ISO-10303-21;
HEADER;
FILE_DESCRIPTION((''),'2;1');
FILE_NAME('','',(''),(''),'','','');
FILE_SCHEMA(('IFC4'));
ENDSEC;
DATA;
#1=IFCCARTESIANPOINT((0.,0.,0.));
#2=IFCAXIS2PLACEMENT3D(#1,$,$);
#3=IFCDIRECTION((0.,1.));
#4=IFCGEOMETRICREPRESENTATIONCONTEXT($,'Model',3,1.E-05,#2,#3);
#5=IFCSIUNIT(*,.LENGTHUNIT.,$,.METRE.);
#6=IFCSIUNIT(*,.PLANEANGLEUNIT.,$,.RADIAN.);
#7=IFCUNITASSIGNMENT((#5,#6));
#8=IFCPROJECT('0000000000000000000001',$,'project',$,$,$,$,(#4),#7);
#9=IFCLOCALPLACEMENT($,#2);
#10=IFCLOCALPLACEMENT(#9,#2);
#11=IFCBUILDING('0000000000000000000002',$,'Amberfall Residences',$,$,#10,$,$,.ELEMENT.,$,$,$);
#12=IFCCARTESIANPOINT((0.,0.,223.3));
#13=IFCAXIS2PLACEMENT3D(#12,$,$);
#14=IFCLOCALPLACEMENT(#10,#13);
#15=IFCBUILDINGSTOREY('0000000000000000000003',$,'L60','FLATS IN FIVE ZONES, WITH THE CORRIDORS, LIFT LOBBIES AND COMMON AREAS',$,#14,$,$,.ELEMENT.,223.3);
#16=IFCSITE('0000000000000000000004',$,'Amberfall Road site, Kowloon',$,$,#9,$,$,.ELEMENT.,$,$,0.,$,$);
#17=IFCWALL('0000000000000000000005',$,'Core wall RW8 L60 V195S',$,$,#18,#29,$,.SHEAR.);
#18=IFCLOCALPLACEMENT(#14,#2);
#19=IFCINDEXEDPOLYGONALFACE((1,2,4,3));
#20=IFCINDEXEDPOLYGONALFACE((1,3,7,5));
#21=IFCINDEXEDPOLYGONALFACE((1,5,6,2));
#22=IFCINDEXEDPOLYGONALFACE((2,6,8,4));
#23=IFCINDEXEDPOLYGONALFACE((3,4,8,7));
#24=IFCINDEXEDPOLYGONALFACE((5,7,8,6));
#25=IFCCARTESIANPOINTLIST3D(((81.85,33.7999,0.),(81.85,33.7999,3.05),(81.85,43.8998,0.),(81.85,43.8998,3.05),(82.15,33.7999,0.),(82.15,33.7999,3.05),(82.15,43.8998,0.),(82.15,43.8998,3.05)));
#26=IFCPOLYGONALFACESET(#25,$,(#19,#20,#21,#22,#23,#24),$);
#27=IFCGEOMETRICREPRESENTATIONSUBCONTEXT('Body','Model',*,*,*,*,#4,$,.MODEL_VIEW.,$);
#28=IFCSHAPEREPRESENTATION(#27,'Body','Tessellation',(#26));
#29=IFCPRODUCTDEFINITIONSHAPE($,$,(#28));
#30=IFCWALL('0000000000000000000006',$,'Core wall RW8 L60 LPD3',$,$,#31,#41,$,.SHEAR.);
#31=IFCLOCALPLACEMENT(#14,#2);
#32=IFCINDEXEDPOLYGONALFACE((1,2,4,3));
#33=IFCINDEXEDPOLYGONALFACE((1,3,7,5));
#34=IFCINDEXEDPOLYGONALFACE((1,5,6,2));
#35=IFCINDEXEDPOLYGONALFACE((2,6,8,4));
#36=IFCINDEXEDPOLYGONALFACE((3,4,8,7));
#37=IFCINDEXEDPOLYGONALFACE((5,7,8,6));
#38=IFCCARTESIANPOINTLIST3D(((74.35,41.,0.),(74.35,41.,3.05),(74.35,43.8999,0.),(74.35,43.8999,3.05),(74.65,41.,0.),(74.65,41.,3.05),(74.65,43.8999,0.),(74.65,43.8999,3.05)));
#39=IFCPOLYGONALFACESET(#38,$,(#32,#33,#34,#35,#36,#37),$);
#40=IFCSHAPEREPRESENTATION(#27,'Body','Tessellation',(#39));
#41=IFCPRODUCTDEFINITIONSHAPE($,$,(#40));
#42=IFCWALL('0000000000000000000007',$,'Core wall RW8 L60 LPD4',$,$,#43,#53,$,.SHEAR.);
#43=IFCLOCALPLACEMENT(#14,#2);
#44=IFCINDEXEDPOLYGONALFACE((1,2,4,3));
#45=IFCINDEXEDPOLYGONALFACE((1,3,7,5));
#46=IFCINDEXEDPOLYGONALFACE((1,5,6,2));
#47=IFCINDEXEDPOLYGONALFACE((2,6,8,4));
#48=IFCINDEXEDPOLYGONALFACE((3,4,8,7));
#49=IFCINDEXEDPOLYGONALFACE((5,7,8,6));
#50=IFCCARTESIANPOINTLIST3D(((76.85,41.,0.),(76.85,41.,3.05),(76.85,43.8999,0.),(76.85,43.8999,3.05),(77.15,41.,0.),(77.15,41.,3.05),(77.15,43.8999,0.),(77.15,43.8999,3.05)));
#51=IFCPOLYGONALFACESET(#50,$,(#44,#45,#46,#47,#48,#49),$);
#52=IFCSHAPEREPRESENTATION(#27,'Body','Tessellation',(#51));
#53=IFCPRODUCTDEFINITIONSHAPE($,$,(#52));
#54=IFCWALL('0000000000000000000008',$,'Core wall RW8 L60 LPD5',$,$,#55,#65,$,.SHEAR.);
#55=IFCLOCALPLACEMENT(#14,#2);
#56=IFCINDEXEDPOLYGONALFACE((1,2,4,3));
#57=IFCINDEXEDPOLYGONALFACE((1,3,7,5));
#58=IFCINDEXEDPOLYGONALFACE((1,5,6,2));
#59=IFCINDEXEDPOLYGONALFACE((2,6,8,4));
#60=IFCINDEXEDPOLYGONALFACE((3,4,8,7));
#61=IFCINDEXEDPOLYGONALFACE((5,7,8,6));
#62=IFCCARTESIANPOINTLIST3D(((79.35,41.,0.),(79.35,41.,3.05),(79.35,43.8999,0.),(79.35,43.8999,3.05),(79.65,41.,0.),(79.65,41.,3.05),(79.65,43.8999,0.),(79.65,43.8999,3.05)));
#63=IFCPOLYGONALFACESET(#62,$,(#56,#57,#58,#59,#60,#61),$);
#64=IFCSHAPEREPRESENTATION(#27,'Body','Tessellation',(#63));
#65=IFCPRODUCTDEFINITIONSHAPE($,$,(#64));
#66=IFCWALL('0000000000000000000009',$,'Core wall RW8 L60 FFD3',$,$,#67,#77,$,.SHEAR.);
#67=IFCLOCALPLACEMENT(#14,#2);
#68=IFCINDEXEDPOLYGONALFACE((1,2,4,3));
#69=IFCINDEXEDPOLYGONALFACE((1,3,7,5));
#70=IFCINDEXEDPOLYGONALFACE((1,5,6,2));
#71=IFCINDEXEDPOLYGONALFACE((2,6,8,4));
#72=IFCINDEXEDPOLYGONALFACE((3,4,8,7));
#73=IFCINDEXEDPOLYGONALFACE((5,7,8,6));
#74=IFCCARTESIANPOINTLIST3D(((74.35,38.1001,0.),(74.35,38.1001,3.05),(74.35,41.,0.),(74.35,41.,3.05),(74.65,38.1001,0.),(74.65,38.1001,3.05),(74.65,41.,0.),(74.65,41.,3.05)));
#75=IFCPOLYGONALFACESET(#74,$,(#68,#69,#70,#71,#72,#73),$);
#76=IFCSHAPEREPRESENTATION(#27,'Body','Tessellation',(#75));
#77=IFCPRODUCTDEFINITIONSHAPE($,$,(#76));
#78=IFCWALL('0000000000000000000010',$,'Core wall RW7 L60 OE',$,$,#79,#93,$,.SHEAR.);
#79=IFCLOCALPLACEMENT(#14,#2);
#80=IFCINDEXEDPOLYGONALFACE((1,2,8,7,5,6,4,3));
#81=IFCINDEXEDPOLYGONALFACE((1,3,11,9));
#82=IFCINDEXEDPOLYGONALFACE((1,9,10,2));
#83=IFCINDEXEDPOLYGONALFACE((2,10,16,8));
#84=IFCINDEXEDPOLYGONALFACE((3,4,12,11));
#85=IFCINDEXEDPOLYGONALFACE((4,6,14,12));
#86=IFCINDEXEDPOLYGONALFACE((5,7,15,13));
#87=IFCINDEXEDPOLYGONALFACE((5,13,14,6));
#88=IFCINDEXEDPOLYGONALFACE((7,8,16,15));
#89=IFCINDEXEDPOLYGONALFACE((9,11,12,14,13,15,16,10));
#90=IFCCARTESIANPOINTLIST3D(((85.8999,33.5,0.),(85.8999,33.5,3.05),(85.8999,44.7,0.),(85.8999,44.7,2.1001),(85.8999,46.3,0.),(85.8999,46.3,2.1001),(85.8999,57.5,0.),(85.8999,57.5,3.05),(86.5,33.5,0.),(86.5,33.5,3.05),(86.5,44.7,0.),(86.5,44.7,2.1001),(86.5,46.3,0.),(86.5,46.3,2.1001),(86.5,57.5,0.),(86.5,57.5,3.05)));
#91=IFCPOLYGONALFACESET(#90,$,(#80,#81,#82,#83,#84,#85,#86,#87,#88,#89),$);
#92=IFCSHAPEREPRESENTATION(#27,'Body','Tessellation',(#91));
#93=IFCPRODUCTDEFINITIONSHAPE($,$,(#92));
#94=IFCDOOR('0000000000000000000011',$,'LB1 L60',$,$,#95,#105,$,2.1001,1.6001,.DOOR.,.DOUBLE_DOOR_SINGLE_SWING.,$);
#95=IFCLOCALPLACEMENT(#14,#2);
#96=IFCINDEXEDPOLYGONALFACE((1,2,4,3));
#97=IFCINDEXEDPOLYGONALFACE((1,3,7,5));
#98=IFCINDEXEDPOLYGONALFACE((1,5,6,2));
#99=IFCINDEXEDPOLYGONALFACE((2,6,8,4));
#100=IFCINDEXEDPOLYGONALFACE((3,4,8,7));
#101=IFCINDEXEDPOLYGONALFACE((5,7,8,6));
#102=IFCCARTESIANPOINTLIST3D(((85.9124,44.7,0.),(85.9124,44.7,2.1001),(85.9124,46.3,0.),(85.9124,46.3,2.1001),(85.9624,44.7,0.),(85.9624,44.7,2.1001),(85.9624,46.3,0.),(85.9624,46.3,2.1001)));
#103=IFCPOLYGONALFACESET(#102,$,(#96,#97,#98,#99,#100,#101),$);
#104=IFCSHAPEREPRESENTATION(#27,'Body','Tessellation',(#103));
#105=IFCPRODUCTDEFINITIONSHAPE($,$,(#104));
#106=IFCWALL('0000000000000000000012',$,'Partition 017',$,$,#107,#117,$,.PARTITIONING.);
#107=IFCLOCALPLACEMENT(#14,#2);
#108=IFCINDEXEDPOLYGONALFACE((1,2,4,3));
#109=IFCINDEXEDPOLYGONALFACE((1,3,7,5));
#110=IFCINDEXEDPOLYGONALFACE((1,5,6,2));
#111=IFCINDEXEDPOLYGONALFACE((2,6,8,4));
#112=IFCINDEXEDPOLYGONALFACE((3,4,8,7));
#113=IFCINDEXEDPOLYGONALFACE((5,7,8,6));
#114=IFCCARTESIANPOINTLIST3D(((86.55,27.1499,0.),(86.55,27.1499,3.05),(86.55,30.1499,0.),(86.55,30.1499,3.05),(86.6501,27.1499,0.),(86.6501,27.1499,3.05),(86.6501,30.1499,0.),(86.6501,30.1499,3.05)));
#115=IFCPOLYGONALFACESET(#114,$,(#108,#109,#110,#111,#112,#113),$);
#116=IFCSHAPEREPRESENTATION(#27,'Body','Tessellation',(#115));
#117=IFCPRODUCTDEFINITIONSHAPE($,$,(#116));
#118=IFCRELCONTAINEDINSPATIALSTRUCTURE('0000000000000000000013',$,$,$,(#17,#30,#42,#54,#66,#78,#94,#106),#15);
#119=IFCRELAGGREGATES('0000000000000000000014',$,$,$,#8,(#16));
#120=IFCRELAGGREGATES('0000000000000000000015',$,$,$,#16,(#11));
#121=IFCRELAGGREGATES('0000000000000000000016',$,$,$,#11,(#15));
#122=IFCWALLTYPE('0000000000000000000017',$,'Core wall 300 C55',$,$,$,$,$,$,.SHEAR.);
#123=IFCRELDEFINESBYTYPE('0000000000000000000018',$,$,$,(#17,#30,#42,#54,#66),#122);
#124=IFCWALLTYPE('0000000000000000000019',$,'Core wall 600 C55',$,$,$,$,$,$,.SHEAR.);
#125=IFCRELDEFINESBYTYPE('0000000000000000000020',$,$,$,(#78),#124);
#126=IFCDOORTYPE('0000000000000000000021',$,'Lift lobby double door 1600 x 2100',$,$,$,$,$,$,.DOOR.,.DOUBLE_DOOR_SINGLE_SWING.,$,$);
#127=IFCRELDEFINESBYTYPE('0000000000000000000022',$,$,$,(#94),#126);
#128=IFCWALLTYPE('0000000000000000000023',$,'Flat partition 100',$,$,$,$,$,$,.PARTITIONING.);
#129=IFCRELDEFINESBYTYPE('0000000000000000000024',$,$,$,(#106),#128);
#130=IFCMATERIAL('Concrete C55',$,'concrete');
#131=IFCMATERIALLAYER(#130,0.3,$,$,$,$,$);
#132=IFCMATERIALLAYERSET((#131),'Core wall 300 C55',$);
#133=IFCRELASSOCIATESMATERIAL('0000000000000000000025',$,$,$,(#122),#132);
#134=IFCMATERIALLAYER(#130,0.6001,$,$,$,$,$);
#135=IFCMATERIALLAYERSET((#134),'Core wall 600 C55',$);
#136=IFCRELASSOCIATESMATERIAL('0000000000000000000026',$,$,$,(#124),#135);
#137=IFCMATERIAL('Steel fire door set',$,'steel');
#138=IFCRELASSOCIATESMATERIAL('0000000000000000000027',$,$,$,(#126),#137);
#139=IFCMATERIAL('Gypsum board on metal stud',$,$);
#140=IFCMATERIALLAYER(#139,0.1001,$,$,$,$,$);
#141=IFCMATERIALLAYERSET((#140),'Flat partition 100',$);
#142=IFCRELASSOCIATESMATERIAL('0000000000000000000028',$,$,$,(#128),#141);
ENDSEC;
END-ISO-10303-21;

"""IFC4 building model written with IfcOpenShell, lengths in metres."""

from ifc_helpers import new_model, si_unit, direction, frame, frame_2d, origin, place, context, subcontext, project, spatial, rectangle, extrude, material, layer, layer_set, type_object, element, fill, save


model = new_model("IFC4")

# Units and contexts
model_context = context("Model", 3, precision=1e-05, world=origin(), true_north=direction((0.0, 1.0)))
body_context = subcontext(model_context, "Body", "Model", "MODEL_VIEW")
ifc_project = project(units=[si_unit("LENGTHUNIT", "METRE"), si_unit("PLANEANGLEUNIT", "RADIAN")], contexts=[model_context])

# Site, building, storey
site_placement = place(None, origin())
site = spatial("IfcSite", under=ifc_project, at=site_placement, Name="Amberfall Road site, Kowloon", CompositionType="ELEMENT", RefElevation=0.0)
building_placement = place(site_placement, origin())
building = spatial("IfcBuilding", under=site, at=building_placement, Name="Amberfall Residences", CompositionType="ELEMENT")
storey_placement = place(building_placement, frame((0.0, 0.0, 223.3)))
storey = spatial("IfcBuildingStorey", under=building, at=storey_placement, Name="L60", Description="FLATS IN FIVE ZONES, WITH THE CORRIDORS, LIFT LOBBIES AND COMMON AREAS", CompositionType="ELEMENT", Elevation=223.3)

# Walls
ifc_material_1 = material(Name="Concrete C55", Category="concrete")
ifc_layer_1 = layer(ifc_material_1, 0.3)
ifc_layer_set_1 = layer_set([ifc_layer_1], Name="Core wall 300 C55")
wall_type_1 = type_object("IfcWallType", Name="Core wall 300 C55", PredefinedType="SHEAR", material=ifc_layer_set_1)
wall_1_placement = place(storey_placement, frame((82.0, 33.8, 0.0), z_axis=(0.0, 0.0, 1.0), x_axis=(0.0, 1.0, 0.0)))
element("IfcWall", 1, at=wall_1_placement, inside=storey, type_object=wall_type_1, Name="Core wall RW8 L60 V195S", PredefinedType="SHEAR", context=body_context, shape_type="SweptSolid", body=[
    extrude(rectangle(XDim=10.0999, YDim=0.3, at=frame_2d((5.0498, 0.0))), origin(), (0.0, 0.0, 1.0), 3.05),
])
for number, where, z_axis, x_axis, name in (
    (2, (74.5, 41.0, 0.0), (0.0, 0.0, 1.0), (0.0, 1.0, 0.0), "Core wall RW8 L60 LPD3"),
    (3, (77.0, 41.0, 0.0), (0.0, 0.0, 1.0), (0.0, 1.0, 0.0), "Core wall RW8 L60 LPD4"),
    (4, (79.5, 41.0, 0.0), (0.0, 0.0, 1.0), (0.0, 1.0, 0.0), "Core wall RW8 L60 LPD5"),
    (5, (74.5, 38.1001, 0.0), (0.0, 0.0, 1.0), (0.0, 1.0, 0.0), "Core wall RW8 L60 FFD3"),
):
    element("IfcWall", number, at=place(storey_placement, frame(where, z_axis=z_axis, x_axis=x_axis)), inside=storey, type_object=wall_type_1, Name=name, PredefinedType="SHEAR", context=body_context, shape_type="SweptSolid", body=[
        extrude(rectangle(XDim=2.8999, YDim=0.3, at=frame_2d((1.45, 0.0))), origin(), (0.0, 0.0, 1.0), 3.05),
    ])

# Wall, opening, door
ifc_layer_2 = layer(ifc_material_1, 0.6001)
ifc_layer_set_2 = layer_set([ifc_layer_2], Name="Core wall 600 C55")
wall_type_2 = type_object("IfcWallType", Name="Core wall 600 C55", PredefinedType="SHEAR", material=ifc_layer_set_2)
wall_2_placement = place(storey_placement, frame((86.2, 33.5, 0.0), z_axis=(0.0, 0.0, 1.0), x_axis=(0.0, 1.0, 0.0)))
wall_2 = element("IfcWall", 6, at=wall_2_placement, inside=storey, type_object=wall_type_2, Name="Core wall RW7 L60 OE", PredefinedType="SHEAR", context=body_context, shape_type="SweptSolid", body=[
    extrude(rectangle(XDim=24.0, YDim=0.6001, at=frame_2d((12.0, 0.0))), origin(), (0.0, 0.0, 1.0), 3.05),
])
opening_1_placement = place(wall_2_placement, frame((11.2, 0.0, 0.0)))
opening_1 = element("IfcOpeningElement", 7, at=opening_1_placement, cuts=wall_2, PredefinedType="OPENING", context=body_context, shape_type="SweptSolid", body=[
    extrude(rectangle(XDim=1.6001, YDim=2.1001, at=frame_2d((0.8, 1.05))), frame((0.0, 0.3101, 0.0), z_axis=(0.0, -1.0, 0.0), x_axis=(1.0, 0.0, 0.0)), (0.0, 0.0, 1.0), 0.6201),
])
ifc_material_2 = material(Name="Steel fire door set", Category="steel")
door_type_1 = type_object("IfcDoorType", Name="Lift lobby double door 1600 x 2100", OperationType="DOUBLE_DOOR_SINGLE_SWING", PredefinedType="DOOR", material=ifc_material_2)
door_1_placement = place(opening_1_placement, origin())
door_1 = element("IfcDoor", 8, at=door_1_placement, inside=storey, type_object=door_type_1, Name="LB1 L60", OperationType="DOUBLE_DOOR_SINGLE_SWING", OverallHeight=2.1001, OverallWidth=1.6001, PredefinedType="DOOR", context=body_context, shape_type="SweptSolid", body=[
    extrude(rectangle(XDim=1.6001, YDim=2.1001, at=frame_2d((0.8, 1.05))), frame((0.0, 0.2876, 0.0), z_axis=(0.0, -1.0, 0.0), x_axis=(1.0, 0.0, 0.0)), (0.0, 0.0, 1.0), 0.05),
])
fill(opening_1, door_1)

# Wall
ifc_material_3 = material(Name="Gypsum board on metal stud")
ifc_layer_3 = layer(ifc_material_3, 0.1001)
ifc_layer_set_3 = layer_set([ifc_layer_3], Name="Flat partition 100")
wall_type_3 = type_object("IfcWallType", Name="Flat partition 100", PredefinedType="PARTITIONING", material=ifc_layer_set_3)
wall_3_placement = place(storey_placement, frame((86.6001, 27.1499, 0.0), z_axis=(0.0, 0.0, 1.0), x_axis=(0.0, 1.0, 0.0)))
element("IfcWall", 9, at=wall_3_placement, inside=storey, type_object=wall_type_3, Name="Partition 017", PredefinedType="PARTITIONING", context=body_context, shape_type="SweptSolid", body=[
    extrude(rectangle(XDim=3.0, YDim=0.1001, at=frame_2d((1.5, 0.0))), origin(), (0.0, 0.0, 1.0), 3.05),
])

save(model, "model.ifc")
